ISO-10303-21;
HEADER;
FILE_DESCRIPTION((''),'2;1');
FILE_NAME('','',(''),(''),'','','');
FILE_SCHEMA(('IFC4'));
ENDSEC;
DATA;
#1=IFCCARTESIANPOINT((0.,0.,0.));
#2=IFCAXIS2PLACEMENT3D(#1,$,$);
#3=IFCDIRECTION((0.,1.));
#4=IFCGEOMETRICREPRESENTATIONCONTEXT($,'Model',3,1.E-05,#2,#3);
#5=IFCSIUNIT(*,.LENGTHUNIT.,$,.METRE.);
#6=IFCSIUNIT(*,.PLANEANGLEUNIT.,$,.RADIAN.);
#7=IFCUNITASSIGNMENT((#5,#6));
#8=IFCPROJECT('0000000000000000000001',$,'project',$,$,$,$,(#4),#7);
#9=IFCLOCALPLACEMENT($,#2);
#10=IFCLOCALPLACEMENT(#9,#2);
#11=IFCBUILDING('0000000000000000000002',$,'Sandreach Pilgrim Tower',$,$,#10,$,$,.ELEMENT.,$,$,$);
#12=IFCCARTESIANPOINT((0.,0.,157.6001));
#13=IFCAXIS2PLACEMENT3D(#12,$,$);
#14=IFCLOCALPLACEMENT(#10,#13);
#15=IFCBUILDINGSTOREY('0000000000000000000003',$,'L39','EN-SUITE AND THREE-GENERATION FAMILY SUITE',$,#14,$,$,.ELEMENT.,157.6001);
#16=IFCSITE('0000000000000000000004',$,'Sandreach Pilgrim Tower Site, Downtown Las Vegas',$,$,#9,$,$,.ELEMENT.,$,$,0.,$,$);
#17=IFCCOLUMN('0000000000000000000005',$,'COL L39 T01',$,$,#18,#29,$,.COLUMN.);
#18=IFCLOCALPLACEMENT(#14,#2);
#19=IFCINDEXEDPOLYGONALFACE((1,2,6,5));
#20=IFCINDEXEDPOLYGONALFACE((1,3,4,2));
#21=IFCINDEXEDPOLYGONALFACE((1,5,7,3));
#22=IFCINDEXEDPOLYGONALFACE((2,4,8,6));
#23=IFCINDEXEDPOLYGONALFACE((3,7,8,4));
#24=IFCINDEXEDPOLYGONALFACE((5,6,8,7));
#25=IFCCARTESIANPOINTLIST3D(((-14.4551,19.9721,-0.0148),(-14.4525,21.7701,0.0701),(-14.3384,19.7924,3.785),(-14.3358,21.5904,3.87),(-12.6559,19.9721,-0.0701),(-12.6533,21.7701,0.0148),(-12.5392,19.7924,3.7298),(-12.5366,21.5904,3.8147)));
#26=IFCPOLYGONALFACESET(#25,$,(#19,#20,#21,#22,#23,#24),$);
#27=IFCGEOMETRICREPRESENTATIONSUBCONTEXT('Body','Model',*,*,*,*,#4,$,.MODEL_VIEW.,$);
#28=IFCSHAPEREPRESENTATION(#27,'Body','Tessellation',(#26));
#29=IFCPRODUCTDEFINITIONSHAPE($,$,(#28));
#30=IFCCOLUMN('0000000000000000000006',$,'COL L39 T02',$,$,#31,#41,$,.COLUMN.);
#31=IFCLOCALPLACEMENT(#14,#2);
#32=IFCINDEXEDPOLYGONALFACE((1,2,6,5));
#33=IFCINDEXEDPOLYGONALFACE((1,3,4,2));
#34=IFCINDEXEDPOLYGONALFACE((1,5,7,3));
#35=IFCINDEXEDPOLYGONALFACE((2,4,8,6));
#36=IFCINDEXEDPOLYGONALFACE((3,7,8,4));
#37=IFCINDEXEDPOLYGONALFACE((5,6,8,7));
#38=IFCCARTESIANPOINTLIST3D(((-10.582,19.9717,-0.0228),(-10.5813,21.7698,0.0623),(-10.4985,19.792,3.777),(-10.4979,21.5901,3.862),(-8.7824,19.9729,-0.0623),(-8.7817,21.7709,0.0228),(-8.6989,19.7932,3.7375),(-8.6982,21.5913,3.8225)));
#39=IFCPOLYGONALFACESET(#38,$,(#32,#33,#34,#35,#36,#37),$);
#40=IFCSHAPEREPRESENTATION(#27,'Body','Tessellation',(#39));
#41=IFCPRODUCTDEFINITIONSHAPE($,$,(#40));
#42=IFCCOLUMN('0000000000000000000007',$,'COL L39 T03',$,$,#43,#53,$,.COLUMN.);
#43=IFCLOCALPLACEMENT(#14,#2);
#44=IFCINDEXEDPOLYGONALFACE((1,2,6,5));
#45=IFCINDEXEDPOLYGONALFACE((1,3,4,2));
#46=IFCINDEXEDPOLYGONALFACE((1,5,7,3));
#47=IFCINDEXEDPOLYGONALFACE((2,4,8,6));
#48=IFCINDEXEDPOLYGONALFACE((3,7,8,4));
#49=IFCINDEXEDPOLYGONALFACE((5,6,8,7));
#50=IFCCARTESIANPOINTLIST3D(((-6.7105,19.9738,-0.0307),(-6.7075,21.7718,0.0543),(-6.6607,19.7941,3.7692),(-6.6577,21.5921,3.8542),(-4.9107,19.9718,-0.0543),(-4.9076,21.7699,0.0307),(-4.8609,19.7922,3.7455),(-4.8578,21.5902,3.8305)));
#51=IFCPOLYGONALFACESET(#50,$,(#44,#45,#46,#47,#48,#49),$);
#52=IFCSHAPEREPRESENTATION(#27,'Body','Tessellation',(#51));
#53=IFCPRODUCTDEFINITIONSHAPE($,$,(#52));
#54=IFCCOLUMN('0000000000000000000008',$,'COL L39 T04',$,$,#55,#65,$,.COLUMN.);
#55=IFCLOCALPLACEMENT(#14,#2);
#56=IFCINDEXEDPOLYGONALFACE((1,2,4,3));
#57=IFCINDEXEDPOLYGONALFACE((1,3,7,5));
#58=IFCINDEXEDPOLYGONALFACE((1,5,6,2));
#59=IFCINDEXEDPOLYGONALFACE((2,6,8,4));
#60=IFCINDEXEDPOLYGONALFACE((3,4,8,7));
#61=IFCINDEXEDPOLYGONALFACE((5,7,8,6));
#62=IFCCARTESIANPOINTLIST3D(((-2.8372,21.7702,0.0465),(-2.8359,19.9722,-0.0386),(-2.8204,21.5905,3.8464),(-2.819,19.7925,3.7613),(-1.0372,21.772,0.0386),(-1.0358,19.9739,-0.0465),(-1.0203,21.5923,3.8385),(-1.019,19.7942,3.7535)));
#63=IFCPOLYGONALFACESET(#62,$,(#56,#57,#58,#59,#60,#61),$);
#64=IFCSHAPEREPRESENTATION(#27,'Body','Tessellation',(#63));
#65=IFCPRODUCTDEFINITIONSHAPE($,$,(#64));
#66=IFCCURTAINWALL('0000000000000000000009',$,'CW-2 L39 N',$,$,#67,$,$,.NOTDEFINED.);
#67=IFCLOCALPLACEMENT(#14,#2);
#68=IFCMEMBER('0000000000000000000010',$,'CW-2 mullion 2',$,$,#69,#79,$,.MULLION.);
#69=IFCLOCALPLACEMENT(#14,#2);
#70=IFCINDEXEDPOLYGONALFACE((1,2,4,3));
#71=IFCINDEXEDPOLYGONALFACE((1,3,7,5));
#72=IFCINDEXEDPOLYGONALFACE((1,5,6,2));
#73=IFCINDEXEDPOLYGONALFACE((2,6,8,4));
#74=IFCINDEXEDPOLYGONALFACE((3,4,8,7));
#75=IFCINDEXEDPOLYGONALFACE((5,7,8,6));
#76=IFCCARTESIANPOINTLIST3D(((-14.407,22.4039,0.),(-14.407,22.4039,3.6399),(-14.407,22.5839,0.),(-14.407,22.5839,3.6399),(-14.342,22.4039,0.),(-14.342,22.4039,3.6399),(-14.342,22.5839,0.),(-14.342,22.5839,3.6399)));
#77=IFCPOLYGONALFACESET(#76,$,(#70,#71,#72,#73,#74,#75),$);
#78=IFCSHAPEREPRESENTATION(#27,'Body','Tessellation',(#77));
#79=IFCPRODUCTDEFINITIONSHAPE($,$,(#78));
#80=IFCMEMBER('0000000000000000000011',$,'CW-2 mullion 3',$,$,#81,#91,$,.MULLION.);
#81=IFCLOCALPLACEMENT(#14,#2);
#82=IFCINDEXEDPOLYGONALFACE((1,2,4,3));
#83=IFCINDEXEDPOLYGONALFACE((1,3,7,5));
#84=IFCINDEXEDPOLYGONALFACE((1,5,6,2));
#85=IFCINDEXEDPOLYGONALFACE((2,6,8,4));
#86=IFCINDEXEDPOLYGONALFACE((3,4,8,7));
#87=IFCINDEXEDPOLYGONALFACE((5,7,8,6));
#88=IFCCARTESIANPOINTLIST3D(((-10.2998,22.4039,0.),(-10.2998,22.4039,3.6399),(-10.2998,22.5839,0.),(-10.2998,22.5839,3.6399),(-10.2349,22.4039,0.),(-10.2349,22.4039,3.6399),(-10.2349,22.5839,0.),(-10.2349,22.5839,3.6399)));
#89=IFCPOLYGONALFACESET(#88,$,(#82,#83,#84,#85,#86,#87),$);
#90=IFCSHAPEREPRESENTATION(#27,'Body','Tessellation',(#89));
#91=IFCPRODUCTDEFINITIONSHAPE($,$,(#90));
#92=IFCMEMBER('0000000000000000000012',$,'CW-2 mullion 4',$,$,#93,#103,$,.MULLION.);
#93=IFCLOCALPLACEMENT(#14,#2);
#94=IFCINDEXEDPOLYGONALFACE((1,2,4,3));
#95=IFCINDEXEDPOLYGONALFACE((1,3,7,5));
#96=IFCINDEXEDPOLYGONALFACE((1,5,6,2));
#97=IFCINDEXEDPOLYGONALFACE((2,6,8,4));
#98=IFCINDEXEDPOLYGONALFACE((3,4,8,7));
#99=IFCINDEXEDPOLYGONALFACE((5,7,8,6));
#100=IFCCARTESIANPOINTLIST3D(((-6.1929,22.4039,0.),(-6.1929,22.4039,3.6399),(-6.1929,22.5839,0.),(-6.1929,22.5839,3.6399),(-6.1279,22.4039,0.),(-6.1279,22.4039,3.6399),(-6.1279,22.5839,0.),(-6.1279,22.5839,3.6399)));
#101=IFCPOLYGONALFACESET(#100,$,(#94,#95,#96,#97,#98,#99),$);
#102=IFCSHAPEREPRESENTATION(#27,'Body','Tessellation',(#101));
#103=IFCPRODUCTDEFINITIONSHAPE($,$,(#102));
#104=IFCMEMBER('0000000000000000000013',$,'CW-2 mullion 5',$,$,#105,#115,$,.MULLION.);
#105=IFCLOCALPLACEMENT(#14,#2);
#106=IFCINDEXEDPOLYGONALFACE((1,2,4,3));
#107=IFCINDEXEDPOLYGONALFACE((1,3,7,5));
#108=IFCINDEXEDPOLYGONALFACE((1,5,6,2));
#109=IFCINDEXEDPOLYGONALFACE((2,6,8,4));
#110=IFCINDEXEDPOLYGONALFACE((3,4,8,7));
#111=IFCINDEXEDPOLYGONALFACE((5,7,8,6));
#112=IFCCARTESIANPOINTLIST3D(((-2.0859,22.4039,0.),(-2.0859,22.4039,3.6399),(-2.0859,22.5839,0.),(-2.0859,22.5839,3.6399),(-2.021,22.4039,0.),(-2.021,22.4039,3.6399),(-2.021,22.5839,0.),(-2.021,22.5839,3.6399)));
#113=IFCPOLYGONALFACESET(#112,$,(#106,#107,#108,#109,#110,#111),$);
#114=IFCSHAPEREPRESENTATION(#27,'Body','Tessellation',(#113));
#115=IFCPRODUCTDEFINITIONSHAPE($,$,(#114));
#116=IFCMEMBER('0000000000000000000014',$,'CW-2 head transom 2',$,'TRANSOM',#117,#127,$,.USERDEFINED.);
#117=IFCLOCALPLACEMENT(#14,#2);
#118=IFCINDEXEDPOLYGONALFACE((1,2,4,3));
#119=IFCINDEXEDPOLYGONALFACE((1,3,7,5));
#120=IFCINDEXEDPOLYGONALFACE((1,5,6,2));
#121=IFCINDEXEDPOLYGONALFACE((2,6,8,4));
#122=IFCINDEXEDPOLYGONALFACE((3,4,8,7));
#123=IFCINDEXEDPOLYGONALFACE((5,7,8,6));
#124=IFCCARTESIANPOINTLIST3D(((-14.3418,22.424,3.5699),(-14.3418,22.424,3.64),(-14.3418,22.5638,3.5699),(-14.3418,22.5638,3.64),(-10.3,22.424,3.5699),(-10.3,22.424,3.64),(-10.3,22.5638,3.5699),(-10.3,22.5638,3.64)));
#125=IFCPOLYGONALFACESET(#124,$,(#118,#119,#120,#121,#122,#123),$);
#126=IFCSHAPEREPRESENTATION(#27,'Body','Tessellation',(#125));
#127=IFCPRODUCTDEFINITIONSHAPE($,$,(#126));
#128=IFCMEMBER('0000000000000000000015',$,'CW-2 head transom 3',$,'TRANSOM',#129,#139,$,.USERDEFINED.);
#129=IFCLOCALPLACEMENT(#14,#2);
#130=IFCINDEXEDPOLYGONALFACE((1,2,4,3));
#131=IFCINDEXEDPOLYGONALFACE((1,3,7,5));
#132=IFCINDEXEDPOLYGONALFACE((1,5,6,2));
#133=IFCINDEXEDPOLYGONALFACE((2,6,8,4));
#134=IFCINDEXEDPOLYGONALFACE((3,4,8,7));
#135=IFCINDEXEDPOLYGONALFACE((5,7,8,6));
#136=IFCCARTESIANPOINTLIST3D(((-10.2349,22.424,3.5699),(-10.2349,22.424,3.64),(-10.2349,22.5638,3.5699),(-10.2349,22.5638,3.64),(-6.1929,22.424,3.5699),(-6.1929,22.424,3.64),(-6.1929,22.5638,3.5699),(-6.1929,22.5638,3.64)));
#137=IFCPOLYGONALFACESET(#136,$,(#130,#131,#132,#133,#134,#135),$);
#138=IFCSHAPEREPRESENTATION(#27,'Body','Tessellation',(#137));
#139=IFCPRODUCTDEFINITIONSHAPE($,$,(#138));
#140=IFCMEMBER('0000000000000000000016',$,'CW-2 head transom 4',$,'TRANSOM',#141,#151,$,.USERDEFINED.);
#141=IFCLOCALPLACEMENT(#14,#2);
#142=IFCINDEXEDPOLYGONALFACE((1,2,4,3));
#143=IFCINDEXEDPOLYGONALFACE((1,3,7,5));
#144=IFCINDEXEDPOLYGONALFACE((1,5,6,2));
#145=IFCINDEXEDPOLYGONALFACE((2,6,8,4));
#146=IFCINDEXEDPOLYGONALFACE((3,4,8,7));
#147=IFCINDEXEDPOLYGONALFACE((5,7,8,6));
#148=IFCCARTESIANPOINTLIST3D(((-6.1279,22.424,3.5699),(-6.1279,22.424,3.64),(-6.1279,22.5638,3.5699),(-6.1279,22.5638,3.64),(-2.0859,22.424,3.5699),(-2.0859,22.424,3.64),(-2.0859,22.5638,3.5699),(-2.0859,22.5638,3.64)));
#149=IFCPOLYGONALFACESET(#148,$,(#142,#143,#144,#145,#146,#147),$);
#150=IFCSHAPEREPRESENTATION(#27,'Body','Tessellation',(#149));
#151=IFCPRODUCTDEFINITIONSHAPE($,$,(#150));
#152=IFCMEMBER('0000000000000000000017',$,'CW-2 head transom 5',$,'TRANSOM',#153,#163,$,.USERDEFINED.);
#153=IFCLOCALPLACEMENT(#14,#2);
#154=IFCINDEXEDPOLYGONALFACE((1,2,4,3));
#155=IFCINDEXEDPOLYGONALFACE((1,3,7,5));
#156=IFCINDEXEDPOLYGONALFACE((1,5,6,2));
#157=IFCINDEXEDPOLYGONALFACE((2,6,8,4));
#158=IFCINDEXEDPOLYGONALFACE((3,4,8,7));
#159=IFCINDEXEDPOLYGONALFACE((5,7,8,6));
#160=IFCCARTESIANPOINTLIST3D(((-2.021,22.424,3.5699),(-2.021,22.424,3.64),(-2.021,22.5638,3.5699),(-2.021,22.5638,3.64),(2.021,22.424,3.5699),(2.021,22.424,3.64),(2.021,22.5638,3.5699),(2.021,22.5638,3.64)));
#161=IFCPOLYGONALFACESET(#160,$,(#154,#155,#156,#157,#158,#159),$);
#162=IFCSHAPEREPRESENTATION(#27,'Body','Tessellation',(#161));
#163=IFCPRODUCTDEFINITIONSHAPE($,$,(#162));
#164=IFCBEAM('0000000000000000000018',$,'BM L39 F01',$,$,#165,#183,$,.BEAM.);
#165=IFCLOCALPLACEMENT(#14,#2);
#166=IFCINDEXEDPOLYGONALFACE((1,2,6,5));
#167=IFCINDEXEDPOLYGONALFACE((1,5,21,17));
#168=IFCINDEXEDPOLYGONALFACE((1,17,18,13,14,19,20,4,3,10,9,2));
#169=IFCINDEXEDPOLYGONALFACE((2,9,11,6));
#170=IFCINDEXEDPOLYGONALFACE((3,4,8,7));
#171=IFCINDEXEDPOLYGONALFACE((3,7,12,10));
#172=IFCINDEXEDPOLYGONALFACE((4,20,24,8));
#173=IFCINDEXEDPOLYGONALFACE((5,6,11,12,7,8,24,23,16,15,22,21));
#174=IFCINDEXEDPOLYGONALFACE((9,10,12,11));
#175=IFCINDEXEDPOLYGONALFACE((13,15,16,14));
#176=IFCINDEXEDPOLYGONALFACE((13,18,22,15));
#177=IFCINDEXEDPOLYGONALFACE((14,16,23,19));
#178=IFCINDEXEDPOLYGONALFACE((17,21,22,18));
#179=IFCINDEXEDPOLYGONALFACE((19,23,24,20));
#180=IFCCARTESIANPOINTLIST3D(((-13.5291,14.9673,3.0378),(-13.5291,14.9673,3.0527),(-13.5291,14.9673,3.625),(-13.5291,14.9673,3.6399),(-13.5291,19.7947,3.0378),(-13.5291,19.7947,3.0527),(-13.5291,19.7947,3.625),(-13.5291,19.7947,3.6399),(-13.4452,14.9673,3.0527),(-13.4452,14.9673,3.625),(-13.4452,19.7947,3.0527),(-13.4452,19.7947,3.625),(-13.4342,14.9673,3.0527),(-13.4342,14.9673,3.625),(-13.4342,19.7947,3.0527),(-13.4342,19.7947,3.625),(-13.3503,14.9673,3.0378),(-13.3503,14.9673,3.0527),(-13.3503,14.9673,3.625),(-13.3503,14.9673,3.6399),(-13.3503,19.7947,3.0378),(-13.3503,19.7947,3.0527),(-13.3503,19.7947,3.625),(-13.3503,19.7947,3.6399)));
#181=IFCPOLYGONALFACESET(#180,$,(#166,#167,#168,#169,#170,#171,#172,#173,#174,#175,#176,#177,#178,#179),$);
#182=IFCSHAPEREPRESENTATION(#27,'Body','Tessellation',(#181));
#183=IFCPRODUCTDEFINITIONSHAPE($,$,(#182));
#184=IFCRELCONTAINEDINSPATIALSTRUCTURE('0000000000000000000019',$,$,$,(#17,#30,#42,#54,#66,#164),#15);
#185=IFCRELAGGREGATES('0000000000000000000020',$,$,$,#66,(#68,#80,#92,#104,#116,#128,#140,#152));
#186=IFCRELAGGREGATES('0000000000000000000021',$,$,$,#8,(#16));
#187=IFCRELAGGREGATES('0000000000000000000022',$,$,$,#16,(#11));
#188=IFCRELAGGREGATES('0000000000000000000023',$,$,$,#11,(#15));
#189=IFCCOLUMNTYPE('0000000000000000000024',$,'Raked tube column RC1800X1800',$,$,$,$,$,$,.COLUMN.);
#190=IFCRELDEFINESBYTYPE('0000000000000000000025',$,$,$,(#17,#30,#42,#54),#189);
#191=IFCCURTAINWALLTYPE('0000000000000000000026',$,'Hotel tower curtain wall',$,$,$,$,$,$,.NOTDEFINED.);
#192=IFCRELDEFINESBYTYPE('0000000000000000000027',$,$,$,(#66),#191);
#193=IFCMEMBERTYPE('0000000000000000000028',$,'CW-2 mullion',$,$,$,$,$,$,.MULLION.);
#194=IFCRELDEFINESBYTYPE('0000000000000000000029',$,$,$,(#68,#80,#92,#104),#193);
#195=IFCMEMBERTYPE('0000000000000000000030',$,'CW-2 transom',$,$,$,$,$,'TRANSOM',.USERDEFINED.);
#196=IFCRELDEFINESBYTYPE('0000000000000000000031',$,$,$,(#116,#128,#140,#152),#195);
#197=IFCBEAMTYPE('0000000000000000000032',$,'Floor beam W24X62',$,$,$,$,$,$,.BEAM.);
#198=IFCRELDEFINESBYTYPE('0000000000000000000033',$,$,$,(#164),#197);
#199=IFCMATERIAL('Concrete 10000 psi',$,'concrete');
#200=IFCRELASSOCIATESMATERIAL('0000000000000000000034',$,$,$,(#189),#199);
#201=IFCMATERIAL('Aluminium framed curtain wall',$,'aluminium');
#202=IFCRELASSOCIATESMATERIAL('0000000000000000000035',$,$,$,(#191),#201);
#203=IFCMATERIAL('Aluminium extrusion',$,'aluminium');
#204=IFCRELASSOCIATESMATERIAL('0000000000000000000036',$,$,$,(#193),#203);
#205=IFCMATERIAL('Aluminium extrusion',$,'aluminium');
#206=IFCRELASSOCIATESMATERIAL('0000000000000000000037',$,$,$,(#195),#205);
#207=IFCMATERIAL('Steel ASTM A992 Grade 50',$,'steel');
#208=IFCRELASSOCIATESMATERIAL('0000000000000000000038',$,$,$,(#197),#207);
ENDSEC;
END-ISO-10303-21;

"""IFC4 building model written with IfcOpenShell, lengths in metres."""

from ifc_helpers import new_model, si_unit, direction, frame, origin, origin_2d, place, context, subcontext, project, spatial, rectangle, i_section, extrude, material, material_profile, profile_set, type_object, element, aggregate, save


model = new_model("IFC4")

# Units and contexts
model_context = context("Model", 3, precision=1e-05, world=origin(), true_north=direction((0.0, 1.0)))
body_context = subcontext(model_context, "Body", "Model", "MODEL_VIEW")
ifc_project = project(units=[si_unit("LENGTHUNIT", "METRE"), si_unit("PLANEANGLEUNIT", "RADIAN")], contexts=[model_context])

# Site, building, storey
site_placement = place(None, origin())
site = spatial("IfcSite", under=ifc_project, at=site_placement, Name="Sandreach Pilgrim Tower Site, Downtown Las Vegas", CompositionType="ELEMENT", RefElevation=0.0)
building_placement = place(site_placement, origin())
building = spatial("IfcBuilding", under=site, at=building_placement, Name="Sandreach Pilgrim Tower", CompositionType="ELEMENT")
storey_placement = place(building_placement, frame((0.0, 0.0, 157.6001)))
storey = spatial("IfcBuildingStorey", under=building, at=storey_placement, Name="L39", Description="EN-SUITE AND THREE-GENERATION FAMILY SUITE", CompositionType="ELEMENT", Elevation=157.6001)

# Columns
ifc_material_1 = material(Name="Concrete 10000 psi", Category="concrete")
ifc_material_profile_1 = material_profile(ifc_material_1, rectangle(XDim=1.8, YDim=1.8, at=origin_2d()), Name="RC1800X1800")
ifc_profile_set_1 = profile_set([ifc_material_profile_1], Name="Concrete 10000 psi")
column_type = type_object("IfcColumnType", Name="Raked tube column RC1800X1800", PredefinedType="COLUMN", material=ifc_profile_set_1)
column_1_placement = place(storey_placement, frame((-13.5542, 20.8711, 0.0), z_axis=(0.030663, -0.047214, 0.998414), x_axis=(0.00143, 0.998885, 0.047192)))
element("IfcColumn", 1, at=column_1_placement, inside=storey, type_object=column_type, Name="COL L39 T01", PredefinedType="COLUMN", context=body_context, shape_type="SweptSolid", body=[
    extrude(rectangle(XDim=1.8, YDim=1.8, at=origin_2d()), origin(), (0.0, 0.0, 1.0), 3.8059),
])
column_2_placement = place(storey_placement, frame((-9.6819, 20.8713, 0.0), z_axis=(0.021944, -0.047224, 0.998643), x_axis=(0.000382, 0.998884, 0.047227)))
element("IfcColumn", 2, at=column_2_placement, inside=storey, type_object=column_type, Name="COL L39 T02", PredefinedType="COLUMN", context=body_context, shape_type="SweptSolid", body=[
    extrude(rectangle(XDim=1.8, YDim=1.8, at=origin_2d()), origin(), (0.0, 0.0, 1.0), 3.8049),
])
column_3_placement = place(storey_placement, frame((-5.8091, 20.8718, 0.0), z_axis=(0.013091, -0.047232, 0.998798), x_axis=(0.001691, 0.998883, 0.047214)))
element("IfcColumn", 3, at=column_3_placement, inside=storey, type_object=column_type, Name="COL L39 T03", PredefinedType="COLUMN", context=body_context, shape_type="SweptSolid", body=[
    extrude(rectangle(XDim=1.8, YDim=1.8, at=origin_2d()), origin(), (0.0, 0.0, 1.0), 3.8044),
])
column_4_placement = place(storey_placement, frame((-1.9365, 20.8721, 0.0), z_axis=(0.004428, -0.047235, 0.998874), x_axis=(-0.000758, 0.998883, 0.047239)))
element("IfcColumn", 4, at=column_4_placement, inside=storey, type_object=column_type, Name="COL L39 T04", PredefinedType="COLUMN", context=body_context, shape_type="SweptSolid", body=[
    extrude(rectangle(XDim=1.8, YDim=1.8, at=origin_2d()), origin(), (0.0, 0.0, 1.0), 3.8042),
])

# Curtain wall, members
ifc_material_2 = material(Name="Aluminium framed curtain wall", Category="aluminium")
curtain_wall_type = type_object("IfcCurtainWallType", Name="Hotel tower curtain wall", PredefinedType="NOTDEFINED", material=ifc_material_2)
curtain_wall_placement = place(storey_placement, origin())
curtain_wall = element("IfcCurtainWall", 5, at=curtain_wall_placement, inside=storey, type_object=curtain_wall_type, Name="CW-2 L39 N", PredefinedType="NOTDEFINED")
ifc_material_3 = material(Name="Aluminium extrusion", Category="aluminium")
ifc_material_profile_2 = material_profile(ifc_material_3, rectangle(XDim=0.0649, YDim=0.1799, at=origin_2d()), Name="CW-2M 65X180")
ifc_profile_set_2 = profile_set([ifc_material_profile_2], Name="Aluminium extrusion")
member_type_1 = type_object("IfcMemberType", Name="CW-2 mullion", PredefinedType="MULLION", material=ifc_profile_set_2)
member_1_placement = place(storey_placement, frame((-14.3745, 22.4939, 0.0), z_axis=(0.0, 0.0, 1.0), x_axis=(1.0, 0.0, 0.0)))
member_1 = element("IfcMember", 6, at=member_1_placement, type_object=member_type_1, Name="CW-2 mullion 2", PredefinedType="MULLION", context=body_context, shape_type="SweptSolid", body=[
    extrude(rectangle(XDim=0.0649, YDim=0.1799, at=origin_2d()), origin(), (0.0, 0.0, 1.0), 3.6399),
])
member_2_placement = place(storey_placement, frame((-10.2673, 22.4939, 0.0), z_axis=(0.0, 0.0, 1.0), x_axis=(1.0, 0.0, 0.0)))
member_2 = element("IfcMember", 7, at=member_2_placement, type_object=member_type_1, Name="CW-2 mullion 3", PredefinedType="MULLION", context=body_context, shape_type="SweptSolid", body=[
    extrude(rectangle(XDim=0.0649, YDim=0.1799, at=origin_2d()), origin(), (0.0, 0.0, 1.0), 3.6399),
])
member_3_placement = place(storey_placement, frame((-6.1604, 22.4939, 0.0), z_axis=(0.0, 0.0, 1.0), x_axis=(1.0, 0.0, 0.0)))
member_3 = element("IfcMember", 8, at=member_3_placement, type_object=member_type_1, Name="CW-2 mullion 4", PredefinedType="MULLION", context=body_context, shape_type="SweptSolid", body=[
    extrude(rectangle(XDim=0.0649, YDim=0.1799, at=origin_2d()), origin(), (0.0, 0.0, 1.0), 3.6399),
])
member_4_placement = place(storey_placement, frame((-2.0535, 22.4939, 0.0), z_axis=(0.0, 0.0, 1.0), x_axis=(1.0, 0.0, 0.0)))
member_4 = element("IfcMember", 9, at=member_4_placement, type_object=member_type_1, Name="CW-2 mullion 5", PredefinedType="MULLION", context=body_context, shape_type="SweptSolid", body=[
    extrude(rectangle(XDim=0.0649, YDim=0.1799, at=origin_2d()), origin(), (0.0, 0.0, 1.0), 3.6399),
])
ifc_material_4 = material(Name="Aluminium extrusion", Category="aluminium")
ifc_material_profile_3 = material_profile(ifc_material_4, rectangle(XDim=0.1399, YDim=0.0701, at=origin_2d()), Name="CW-2T 140X70")
ifc_profile_set_3 = profile_set([ifc_material_profile_3], Name="Aluminium extrusion")
member_type_2 = type_object("IfcMemberType", Name="CW-2 transom", ElementType="TRANSOM", PredefinedType="USERDEFINED", material=ifc_profile_set_3)
member_5_placement = place(storey_placement, frame((-14.3418, 22.4939, 3.605), z_axis=(1.0, 0.0, 0.0), x_axis=(0.0, 1.0, 0.0)))
member_5 = element("IfcMember", 10, at=member_5_placement, type_object=member_type_2, Name="CW-2 head transom 2", ObjectType="TRANSOM", PredefinedType="USERDEFINED", context=body_context, shape_type="SweptSolid", body=[
    extrude(rectangle(XDim=0.1399, YDim=0.0701, at=origin_2d()), origin(), (0.0, 0.0, 1.0), 4.0417),
])
member_6_placement = place(storey_placement, frame((-10.2349, 22.4939, 3.605), z_axis=(1.0, 0.0, 0.0), x_axis=(0.0, 1.0, 0.0)))
member_6 = element("IfcMember", 11, at=member_6_placement, type_object=member_type_2, Name="CW-2 head transom 3", ObjectType="TRANSOM", PredefinedType="USERDEFINED", context=body_context, shape_type="SweptSolid", body=[
    extrude(rectangle(XDim=0.1399, YDim=0.0701, at=origin_2d()), origin(), (0.0, 0.0, 1.0), 4.042),
])
member_7_placement = place(storey_placement, frame((-6.1279, 22.4939, 3.605), z_axis=(1.0, 0.0, 0.0), x_axis=(0.0, 1.0, 0.0)))
member_7 = element("IfcMember", 12, at=member_7_placement, type_object=member_type_2, Name="CW-2 head transom 4", ObjectType="TRANSOM", PredefinedType="USERDEFINED", context=body_context, shape_type="SweptSolid", body=[
    extrude(rectangle(XDim=0.1399, YDim=0.0701, at=origin_2d()), origin(), (0.0, 0.0, 1.0), 4.042),
])
member_8_placement = place(storey_placement, frame((-2.021, 22.4939, 3.605), z_axis=(1.0, 0.0, 0.0), x_axis=(0.0, 1.0, 0.0)))
member_8 = element("IfcMember", 13, at=member_8_placement, type_object=member_type_2, Name="CW-2 head transom 5", ObjectType="TRANSOM", PredefinedType="USERDEFINED", context=body_context, shape_type="SweptSolid", body=[
    extrude(rectangle(XDim=0.1399, YDim=0.0701, at=origin_2d()), origin(), (0.0, 0.0, 1.0), 4.042),
])

# Beam
ifc_material_5 = material(Name="Steel ASTM A992 Grade 50", Category="steel")
ifc_material_profile_4 = material_profile(ifc_material_5, i_section(OverallWidth=0.1787, OverallDepth=0.6021, WebThickness=0.011, FlangeThickness=0.0149, at=origin_2d()), Name="W24X62")
ifc_profile_set_4 = profile_set([ifc_material_profile_4], Name="Steel ASTM A992 Grade 50")
beam_type_1 = type_object("IfcBeamType", Name="Floor beam W24X62", PredefinedType="BEAM", material=ifc_profile_set_4)
beam_1_placement = place(storey_placement, frame((-13.4397, 19.7947, 3.3389), z_axis=(0.0, -1.0, 0.0), x_axis=(1.0, 0.0, 0.0)))
element("IfcBeam", 14, at=beam_1_placement, inside=storey, type_object=beam_type_1, Name="BM L39 F01", PredefinedType="BEAM", context=body_context, shape_type="SweptSolid", body=[
    extrude(i_section(OverallWidth=0.1787, OverallDepth=0.6021, WebThickness=0.011, FlangeThickness=0.0149, at=origin_2d()), origin(), (0.0, 0.0, 1.0), 4.8274),
])

aggregate(curtain_wall, [member_1, member_2, member_3, member_4, member_5, member_6, member_7, member_8])

save(model, "model.ifc")
